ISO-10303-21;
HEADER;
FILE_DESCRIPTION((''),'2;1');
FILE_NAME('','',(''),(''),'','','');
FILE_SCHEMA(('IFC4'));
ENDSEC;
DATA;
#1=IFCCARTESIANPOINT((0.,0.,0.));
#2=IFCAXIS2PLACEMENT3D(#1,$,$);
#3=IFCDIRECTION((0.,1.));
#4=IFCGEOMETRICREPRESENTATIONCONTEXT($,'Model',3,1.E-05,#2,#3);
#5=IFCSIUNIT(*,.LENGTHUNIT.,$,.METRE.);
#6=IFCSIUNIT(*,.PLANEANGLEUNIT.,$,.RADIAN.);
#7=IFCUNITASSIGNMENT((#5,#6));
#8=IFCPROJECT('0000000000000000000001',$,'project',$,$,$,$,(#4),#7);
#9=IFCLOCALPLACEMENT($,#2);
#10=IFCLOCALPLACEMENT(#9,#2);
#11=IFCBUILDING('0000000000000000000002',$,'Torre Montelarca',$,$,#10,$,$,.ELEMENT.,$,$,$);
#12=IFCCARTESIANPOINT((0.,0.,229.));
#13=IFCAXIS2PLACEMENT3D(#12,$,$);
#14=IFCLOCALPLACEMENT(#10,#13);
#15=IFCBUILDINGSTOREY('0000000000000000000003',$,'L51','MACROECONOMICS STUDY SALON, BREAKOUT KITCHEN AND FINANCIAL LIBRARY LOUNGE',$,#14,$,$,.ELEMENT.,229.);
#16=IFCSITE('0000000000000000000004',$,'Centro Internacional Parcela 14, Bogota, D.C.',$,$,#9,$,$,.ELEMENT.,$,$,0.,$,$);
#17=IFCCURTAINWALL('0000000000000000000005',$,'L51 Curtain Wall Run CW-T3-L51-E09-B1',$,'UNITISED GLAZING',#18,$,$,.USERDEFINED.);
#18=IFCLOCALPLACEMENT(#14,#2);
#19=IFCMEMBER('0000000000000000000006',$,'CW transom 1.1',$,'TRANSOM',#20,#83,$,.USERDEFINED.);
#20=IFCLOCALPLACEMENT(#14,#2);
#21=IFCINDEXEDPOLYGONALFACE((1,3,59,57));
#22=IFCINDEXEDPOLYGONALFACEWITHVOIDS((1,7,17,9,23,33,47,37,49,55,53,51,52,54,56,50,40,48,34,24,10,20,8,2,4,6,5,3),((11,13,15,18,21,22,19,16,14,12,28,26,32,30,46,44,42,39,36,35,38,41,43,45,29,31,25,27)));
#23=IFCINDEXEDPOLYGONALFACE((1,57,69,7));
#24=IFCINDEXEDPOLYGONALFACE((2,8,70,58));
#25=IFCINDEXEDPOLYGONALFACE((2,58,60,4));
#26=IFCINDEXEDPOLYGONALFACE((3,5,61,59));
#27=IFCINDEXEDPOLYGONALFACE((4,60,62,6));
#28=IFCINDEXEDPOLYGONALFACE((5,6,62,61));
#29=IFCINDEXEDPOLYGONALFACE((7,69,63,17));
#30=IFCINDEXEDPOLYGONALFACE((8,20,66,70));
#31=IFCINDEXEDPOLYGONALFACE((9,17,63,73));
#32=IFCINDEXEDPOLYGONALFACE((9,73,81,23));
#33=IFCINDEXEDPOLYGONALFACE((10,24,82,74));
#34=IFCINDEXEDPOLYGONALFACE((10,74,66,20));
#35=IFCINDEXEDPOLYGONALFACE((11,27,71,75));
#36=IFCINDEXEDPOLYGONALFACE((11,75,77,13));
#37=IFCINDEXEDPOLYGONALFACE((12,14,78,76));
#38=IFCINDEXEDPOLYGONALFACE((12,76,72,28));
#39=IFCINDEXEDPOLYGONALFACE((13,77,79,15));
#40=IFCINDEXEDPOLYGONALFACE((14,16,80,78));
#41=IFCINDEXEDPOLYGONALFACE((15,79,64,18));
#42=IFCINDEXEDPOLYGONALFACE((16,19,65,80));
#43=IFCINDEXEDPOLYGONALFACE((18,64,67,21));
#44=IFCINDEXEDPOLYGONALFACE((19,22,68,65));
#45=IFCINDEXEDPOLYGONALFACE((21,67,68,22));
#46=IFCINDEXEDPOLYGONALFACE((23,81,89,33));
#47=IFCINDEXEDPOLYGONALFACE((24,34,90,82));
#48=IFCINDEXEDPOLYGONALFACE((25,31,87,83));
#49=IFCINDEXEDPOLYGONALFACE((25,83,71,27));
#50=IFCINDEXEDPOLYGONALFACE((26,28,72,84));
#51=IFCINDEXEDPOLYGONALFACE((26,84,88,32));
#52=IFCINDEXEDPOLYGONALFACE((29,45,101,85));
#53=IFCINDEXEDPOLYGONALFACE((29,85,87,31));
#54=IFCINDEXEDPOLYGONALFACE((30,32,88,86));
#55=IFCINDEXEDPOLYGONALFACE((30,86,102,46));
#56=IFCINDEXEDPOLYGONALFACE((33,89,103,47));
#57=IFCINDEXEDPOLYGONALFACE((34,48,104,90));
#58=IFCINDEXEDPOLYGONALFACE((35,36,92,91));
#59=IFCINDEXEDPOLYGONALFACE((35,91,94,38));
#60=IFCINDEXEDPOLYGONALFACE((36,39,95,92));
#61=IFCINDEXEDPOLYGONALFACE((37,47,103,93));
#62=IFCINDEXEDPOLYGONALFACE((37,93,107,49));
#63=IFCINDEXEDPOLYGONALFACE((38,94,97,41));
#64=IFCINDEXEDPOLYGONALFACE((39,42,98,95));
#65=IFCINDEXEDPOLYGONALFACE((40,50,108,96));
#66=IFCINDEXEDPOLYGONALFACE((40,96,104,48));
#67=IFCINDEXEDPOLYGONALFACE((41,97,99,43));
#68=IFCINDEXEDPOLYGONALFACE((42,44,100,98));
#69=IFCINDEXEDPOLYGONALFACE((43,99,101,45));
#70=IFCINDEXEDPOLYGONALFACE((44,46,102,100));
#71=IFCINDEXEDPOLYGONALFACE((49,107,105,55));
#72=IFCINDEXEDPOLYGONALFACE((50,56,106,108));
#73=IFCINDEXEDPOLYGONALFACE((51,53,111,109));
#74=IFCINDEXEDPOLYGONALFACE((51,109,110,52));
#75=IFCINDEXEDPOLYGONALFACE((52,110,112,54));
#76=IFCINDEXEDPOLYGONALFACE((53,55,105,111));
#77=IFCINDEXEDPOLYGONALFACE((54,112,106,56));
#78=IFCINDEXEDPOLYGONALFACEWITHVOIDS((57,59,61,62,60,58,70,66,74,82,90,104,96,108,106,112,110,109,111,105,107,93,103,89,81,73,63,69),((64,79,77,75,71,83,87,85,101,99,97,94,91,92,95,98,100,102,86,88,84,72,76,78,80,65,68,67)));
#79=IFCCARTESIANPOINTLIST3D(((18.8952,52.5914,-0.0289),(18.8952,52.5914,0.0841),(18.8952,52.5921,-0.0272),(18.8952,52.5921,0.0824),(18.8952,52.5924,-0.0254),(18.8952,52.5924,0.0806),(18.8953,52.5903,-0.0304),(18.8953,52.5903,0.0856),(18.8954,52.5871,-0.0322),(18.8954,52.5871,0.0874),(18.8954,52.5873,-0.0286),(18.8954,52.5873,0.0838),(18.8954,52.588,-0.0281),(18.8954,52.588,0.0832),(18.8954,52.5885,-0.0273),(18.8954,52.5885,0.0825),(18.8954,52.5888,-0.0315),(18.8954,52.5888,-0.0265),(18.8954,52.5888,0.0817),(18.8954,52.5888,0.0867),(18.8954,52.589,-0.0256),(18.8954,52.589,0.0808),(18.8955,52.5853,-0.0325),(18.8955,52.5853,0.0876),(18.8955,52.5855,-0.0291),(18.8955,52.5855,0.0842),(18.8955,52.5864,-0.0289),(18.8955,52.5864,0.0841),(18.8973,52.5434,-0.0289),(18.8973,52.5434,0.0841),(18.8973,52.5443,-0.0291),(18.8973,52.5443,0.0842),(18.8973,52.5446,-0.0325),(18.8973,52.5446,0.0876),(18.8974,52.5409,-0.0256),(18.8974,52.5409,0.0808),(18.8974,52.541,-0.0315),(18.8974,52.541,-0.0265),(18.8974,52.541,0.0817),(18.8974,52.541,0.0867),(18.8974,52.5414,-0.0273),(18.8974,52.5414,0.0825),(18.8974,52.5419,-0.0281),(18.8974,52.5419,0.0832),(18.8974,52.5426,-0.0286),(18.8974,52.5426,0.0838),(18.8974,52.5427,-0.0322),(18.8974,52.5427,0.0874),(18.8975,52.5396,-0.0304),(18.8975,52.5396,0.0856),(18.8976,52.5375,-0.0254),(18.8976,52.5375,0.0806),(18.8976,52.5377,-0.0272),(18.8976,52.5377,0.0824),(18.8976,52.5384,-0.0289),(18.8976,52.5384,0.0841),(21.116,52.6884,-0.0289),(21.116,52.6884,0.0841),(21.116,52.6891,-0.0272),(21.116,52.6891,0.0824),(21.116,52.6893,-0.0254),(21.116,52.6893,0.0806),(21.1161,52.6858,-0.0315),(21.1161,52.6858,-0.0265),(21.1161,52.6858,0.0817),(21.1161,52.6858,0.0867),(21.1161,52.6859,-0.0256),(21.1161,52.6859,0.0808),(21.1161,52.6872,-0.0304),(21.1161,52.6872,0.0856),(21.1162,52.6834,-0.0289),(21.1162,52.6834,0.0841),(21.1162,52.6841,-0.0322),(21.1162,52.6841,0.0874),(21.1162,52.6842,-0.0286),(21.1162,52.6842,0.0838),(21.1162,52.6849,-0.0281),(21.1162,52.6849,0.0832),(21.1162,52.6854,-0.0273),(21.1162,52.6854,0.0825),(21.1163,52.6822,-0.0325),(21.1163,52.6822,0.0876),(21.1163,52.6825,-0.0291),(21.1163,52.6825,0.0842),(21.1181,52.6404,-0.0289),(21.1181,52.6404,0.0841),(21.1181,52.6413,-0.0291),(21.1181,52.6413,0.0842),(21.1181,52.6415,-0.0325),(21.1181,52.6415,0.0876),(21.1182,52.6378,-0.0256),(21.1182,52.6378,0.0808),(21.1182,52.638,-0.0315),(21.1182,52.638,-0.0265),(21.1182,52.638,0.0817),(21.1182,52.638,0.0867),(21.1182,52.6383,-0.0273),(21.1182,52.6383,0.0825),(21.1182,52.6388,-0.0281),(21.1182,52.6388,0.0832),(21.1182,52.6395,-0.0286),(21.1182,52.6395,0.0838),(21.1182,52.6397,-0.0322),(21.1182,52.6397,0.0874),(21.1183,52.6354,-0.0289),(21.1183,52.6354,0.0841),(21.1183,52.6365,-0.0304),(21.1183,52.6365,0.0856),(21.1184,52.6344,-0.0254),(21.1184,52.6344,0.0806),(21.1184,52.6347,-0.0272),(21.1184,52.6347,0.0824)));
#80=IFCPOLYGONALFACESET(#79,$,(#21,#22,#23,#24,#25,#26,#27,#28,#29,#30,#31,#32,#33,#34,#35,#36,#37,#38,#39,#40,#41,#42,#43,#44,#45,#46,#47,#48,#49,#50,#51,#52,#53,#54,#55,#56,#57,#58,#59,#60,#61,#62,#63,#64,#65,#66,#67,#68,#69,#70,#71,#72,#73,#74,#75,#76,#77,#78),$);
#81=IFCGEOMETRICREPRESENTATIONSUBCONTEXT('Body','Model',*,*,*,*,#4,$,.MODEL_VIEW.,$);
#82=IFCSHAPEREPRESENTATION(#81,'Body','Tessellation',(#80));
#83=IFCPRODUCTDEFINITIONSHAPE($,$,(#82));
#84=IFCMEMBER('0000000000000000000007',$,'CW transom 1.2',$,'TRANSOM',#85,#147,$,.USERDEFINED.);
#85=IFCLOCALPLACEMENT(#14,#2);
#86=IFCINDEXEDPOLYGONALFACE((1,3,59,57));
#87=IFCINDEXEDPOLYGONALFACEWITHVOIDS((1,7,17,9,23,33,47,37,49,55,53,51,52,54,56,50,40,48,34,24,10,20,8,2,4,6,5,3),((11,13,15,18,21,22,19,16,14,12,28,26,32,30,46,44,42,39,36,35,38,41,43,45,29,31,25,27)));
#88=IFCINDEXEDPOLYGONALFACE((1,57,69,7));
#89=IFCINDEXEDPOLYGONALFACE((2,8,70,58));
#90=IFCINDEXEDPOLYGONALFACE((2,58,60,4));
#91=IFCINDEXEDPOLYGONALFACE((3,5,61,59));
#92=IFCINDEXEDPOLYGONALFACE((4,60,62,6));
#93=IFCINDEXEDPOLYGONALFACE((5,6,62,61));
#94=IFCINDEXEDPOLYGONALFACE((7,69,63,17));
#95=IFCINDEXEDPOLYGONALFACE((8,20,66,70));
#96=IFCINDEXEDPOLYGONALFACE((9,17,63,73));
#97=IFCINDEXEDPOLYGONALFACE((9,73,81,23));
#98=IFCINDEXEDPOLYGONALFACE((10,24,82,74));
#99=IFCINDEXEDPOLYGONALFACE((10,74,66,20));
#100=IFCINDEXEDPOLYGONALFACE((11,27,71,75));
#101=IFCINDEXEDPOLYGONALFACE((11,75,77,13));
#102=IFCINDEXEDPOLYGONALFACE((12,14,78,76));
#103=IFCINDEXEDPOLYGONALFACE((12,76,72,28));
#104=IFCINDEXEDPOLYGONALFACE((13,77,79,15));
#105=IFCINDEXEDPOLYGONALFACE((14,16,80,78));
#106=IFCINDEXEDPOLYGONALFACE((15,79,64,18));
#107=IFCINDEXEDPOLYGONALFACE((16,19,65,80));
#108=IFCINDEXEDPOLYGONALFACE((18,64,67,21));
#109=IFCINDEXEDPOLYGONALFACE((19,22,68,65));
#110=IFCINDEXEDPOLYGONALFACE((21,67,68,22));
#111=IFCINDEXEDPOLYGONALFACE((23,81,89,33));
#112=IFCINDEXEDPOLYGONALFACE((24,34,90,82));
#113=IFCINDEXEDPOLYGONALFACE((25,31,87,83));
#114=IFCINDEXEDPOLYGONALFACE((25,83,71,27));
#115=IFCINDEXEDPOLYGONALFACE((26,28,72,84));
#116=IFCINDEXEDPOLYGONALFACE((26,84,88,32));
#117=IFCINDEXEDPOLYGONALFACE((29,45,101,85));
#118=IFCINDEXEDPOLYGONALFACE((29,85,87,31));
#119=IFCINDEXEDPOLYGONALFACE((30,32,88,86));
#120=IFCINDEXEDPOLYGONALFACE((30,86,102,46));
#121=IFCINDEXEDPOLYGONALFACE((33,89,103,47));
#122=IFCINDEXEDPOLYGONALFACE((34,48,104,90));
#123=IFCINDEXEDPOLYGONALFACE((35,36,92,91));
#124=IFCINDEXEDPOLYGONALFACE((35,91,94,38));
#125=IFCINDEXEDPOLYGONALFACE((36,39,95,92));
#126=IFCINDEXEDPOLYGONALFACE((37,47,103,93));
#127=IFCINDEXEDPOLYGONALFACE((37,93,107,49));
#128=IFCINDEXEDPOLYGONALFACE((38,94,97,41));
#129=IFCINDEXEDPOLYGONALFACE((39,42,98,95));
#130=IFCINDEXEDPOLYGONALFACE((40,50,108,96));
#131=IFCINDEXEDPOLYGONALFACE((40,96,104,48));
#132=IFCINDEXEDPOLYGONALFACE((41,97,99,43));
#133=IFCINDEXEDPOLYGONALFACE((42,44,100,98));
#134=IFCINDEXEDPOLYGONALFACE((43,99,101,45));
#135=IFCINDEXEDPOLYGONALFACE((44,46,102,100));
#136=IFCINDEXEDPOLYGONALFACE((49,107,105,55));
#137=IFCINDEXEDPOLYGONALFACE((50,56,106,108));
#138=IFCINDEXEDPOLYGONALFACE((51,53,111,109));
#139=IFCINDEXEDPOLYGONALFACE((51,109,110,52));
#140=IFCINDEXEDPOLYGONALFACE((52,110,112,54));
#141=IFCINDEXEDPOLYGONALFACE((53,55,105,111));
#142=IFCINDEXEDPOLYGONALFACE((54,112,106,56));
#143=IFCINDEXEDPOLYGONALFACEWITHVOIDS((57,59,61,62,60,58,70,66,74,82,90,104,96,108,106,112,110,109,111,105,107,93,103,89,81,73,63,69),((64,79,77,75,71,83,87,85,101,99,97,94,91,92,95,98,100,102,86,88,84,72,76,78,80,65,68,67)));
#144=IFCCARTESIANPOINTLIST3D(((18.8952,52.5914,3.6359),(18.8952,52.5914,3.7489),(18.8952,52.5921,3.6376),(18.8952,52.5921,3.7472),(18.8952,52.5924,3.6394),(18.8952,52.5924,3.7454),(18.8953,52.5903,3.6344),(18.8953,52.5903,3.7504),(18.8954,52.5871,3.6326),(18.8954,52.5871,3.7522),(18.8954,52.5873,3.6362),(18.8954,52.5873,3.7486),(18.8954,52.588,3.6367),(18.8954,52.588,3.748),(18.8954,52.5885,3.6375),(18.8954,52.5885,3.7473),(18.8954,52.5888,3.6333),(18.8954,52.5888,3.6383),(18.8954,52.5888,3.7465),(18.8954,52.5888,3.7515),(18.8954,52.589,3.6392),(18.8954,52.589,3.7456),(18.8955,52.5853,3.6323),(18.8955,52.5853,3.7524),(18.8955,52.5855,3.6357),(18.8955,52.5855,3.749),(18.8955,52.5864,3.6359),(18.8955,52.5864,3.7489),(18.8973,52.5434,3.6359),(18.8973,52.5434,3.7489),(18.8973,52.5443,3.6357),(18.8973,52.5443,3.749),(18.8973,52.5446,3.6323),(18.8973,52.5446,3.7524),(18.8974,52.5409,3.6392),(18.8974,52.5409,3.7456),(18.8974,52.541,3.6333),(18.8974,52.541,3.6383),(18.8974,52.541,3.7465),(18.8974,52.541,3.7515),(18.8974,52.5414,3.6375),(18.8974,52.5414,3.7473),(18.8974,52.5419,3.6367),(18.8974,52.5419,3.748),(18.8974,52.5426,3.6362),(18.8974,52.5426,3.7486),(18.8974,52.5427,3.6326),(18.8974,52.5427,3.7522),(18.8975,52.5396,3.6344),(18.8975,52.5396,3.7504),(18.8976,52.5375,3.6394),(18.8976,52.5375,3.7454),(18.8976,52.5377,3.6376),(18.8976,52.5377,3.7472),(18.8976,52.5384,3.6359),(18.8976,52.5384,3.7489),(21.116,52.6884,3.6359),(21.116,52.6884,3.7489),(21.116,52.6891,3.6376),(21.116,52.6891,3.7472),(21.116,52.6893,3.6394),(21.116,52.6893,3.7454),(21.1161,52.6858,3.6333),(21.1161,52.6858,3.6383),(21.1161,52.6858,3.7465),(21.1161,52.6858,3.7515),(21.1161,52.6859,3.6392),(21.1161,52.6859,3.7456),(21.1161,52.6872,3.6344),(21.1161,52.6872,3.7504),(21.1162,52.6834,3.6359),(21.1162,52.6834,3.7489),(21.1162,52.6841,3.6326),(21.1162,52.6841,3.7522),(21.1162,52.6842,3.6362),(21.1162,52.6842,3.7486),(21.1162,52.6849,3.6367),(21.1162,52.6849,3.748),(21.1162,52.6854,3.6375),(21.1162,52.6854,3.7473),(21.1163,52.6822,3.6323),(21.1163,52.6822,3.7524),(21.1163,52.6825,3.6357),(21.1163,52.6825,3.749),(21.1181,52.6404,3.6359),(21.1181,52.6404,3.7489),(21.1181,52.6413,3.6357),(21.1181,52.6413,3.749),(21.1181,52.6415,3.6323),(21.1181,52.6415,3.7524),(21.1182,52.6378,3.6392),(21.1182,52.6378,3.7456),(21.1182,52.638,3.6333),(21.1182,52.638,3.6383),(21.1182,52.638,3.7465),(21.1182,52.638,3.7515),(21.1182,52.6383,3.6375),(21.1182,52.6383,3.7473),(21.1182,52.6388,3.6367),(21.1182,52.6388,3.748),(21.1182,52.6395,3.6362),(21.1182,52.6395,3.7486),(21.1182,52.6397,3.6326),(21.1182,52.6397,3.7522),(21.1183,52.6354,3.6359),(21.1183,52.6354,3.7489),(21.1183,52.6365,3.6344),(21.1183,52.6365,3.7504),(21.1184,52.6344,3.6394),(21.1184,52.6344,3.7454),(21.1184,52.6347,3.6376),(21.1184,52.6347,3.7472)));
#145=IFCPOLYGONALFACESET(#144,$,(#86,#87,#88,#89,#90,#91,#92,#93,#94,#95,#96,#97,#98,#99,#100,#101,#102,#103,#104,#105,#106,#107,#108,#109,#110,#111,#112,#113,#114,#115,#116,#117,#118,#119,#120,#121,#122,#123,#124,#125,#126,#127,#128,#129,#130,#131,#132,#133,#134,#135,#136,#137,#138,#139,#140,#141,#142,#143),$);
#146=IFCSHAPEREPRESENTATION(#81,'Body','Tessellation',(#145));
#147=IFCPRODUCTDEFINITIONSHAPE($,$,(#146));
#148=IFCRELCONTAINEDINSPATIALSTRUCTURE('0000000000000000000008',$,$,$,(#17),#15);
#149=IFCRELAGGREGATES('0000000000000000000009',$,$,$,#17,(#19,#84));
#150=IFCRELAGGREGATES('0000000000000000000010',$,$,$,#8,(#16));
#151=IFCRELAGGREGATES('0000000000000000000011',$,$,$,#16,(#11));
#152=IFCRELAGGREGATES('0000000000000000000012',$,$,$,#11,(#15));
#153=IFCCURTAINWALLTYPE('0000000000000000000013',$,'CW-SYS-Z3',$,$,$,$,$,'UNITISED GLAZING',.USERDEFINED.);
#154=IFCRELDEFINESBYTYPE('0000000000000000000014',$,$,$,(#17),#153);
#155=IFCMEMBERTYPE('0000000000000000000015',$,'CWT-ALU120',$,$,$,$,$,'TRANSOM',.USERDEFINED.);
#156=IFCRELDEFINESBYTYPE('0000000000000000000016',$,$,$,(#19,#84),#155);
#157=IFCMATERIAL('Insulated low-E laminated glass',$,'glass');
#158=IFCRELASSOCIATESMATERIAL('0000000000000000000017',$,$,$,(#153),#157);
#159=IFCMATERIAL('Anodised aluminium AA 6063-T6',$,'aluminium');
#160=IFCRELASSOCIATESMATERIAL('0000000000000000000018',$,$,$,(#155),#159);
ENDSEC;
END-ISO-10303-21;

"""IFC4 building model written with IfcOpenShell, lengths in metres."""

from ifc_helpers import new_model, si_unit, direction, frame, origin, origin_2d, place, context, subcontext, project, spatial, hollow_rectangle, extrude, source, transform, mapped, material, material_profile, profile_set, type_object, element, aggregate, save


model = new_model("IFC4")

# Units and contexts
model_context = context("Model", 3, precision=1e-05, world=origin(), true_north=direction((0.0, 1.0)))
body_context = subcontext(model_context, "Body", "Model", "MODEL_VIEW")
ifc_project = project(units=[si_unit("LENGTHUNIT", "METRE"), si_unit("PLANEANGLEUNIT", "RADIAN")], contexts=[model_context])

# Site, building, storey
site_placement = place(None, origin())
site = spatial("IfcSite", under=ifc_project, at=site_placement, Name="Centro Internacional Parcela 14, Bogota, D.C.", CompositionType="ELEMENT", RefElevation=0.0)
building_placement = place(site_placement, origin())
building = spatial("IfcBuilding", under=site, at=building_placement, Name="Torre Montelarca", CompositionType="ELEMENT")
storey_placement = place(building_placement, frame((0.0, 0.0, 229.0)))
storey = spatial("IfcBuildingStorey", under=building, at=storey_placement, Name="L51", Description="MACROECONOMICS STUDY SALON, BREAKOUT KITCHEN AND FINANCIAL LIBRARY LOUNGE", CompositionType="ELEMENT", Elevation=229.0)

# Curtain wall
ifc_material_1 = material(Name="Insulated low-E laminated glass", Category="glass")
curtain_wall_type = type_object("IfcCurtainWallType", Name="CW-SYS-Z3", ElementType="UNITISED GLAZING", PredefinedType="USERDEFINED", material=ifc_material_1)
ifc_material_2 = material(Name="Anodised aluminium AA 6063-T6", Category="aluminium")
curtain_wall_1_placement = place(storey_placement, origin())
curtain_wall_1 = element("IfcCurtainWall", 1, at=curtain_wall_1_placement, inside=storey, type_object=curtain_wall_type, Name="L51 Curtain Wall Run CW-T3-L51-E09-B1", ObjectType="UNITISED GLAZING", PredefinedType="USERDEFINED")

# Members
ifc_material_profile_1 = material_profile(ifc_material_2, hollow_rectangle(XDim=0.0549, YDim=0.1201, WallThickness=0.0034, InnerFilletRadius=0.0034, OuterFilletRadius=0.0071, at=origin_2d()), Name="ALU55X120X3.5", Category="aluminium")
ifc_profile_set_1 = profile_set([ifc_material_profile_1], Name="Anodised aluminium AA 6063-T6")
member_type_1 = type_object("IfcMemberType", Name="CWT-ALU120", ElementType="TRANSOM", PredefinedType="USERDEFINED", material=ifc_profile_set_1)
shared_shape_1 = source(origin(), body_context, "Body", "SweptSolid", [
    extrude(hollow_rectangle(XDim=0.0549, YDim=0.1201, WallThickness=0.0034, InnerFilletRadius=0.0034, OuterFilletRadius=0.0071, at=origin_2d()), origin(), (0.0, 0.0, 1.0), 2.2229),
])
member_1_placement = place(storey_placement, frame((21.1172, 52.6619, 0.0276), z_axis=(-0.999049, -0.043604, 0.0), x_axis=(0.043604, -0.999049, 0.0)))
member_1 = element("IfcMember", 2, at=member_1_placement, type_object=member_type_1, Name="CW transom 1.1", ObjectType="TRANSOM", PredefinedType="USERDEFINED", context=body_context, shape_type="MappedRepresentation", body=[
    mapped(shared_shape_1, transform((0.0, 0.0, 0.0), scale=1.0)),
])
member_2_placement = place(storey_placement, frame((21.1172, 52.6619, 3.6924), z_axis=(-0.999049, -0.043604, 0.0), x_axis=(0.043604, -0.999049, 0.0)))
member_2 = element("IfcMember", 3, at=member_2_placement, type_object=member_type_1, Name="CW transom 1.2", ObjectType="TRANSOM", PredefinedType="USERDEFINED", context=body_context, shape_type="MappedRepresentation", body=[
    mapped(shared_shape_1, transform((0.0, 0.0, 0.0), scale=1.0)),
])

aggregate(curtain_wall_1, [member_1, member_2])

save(model, "model.ifc")
